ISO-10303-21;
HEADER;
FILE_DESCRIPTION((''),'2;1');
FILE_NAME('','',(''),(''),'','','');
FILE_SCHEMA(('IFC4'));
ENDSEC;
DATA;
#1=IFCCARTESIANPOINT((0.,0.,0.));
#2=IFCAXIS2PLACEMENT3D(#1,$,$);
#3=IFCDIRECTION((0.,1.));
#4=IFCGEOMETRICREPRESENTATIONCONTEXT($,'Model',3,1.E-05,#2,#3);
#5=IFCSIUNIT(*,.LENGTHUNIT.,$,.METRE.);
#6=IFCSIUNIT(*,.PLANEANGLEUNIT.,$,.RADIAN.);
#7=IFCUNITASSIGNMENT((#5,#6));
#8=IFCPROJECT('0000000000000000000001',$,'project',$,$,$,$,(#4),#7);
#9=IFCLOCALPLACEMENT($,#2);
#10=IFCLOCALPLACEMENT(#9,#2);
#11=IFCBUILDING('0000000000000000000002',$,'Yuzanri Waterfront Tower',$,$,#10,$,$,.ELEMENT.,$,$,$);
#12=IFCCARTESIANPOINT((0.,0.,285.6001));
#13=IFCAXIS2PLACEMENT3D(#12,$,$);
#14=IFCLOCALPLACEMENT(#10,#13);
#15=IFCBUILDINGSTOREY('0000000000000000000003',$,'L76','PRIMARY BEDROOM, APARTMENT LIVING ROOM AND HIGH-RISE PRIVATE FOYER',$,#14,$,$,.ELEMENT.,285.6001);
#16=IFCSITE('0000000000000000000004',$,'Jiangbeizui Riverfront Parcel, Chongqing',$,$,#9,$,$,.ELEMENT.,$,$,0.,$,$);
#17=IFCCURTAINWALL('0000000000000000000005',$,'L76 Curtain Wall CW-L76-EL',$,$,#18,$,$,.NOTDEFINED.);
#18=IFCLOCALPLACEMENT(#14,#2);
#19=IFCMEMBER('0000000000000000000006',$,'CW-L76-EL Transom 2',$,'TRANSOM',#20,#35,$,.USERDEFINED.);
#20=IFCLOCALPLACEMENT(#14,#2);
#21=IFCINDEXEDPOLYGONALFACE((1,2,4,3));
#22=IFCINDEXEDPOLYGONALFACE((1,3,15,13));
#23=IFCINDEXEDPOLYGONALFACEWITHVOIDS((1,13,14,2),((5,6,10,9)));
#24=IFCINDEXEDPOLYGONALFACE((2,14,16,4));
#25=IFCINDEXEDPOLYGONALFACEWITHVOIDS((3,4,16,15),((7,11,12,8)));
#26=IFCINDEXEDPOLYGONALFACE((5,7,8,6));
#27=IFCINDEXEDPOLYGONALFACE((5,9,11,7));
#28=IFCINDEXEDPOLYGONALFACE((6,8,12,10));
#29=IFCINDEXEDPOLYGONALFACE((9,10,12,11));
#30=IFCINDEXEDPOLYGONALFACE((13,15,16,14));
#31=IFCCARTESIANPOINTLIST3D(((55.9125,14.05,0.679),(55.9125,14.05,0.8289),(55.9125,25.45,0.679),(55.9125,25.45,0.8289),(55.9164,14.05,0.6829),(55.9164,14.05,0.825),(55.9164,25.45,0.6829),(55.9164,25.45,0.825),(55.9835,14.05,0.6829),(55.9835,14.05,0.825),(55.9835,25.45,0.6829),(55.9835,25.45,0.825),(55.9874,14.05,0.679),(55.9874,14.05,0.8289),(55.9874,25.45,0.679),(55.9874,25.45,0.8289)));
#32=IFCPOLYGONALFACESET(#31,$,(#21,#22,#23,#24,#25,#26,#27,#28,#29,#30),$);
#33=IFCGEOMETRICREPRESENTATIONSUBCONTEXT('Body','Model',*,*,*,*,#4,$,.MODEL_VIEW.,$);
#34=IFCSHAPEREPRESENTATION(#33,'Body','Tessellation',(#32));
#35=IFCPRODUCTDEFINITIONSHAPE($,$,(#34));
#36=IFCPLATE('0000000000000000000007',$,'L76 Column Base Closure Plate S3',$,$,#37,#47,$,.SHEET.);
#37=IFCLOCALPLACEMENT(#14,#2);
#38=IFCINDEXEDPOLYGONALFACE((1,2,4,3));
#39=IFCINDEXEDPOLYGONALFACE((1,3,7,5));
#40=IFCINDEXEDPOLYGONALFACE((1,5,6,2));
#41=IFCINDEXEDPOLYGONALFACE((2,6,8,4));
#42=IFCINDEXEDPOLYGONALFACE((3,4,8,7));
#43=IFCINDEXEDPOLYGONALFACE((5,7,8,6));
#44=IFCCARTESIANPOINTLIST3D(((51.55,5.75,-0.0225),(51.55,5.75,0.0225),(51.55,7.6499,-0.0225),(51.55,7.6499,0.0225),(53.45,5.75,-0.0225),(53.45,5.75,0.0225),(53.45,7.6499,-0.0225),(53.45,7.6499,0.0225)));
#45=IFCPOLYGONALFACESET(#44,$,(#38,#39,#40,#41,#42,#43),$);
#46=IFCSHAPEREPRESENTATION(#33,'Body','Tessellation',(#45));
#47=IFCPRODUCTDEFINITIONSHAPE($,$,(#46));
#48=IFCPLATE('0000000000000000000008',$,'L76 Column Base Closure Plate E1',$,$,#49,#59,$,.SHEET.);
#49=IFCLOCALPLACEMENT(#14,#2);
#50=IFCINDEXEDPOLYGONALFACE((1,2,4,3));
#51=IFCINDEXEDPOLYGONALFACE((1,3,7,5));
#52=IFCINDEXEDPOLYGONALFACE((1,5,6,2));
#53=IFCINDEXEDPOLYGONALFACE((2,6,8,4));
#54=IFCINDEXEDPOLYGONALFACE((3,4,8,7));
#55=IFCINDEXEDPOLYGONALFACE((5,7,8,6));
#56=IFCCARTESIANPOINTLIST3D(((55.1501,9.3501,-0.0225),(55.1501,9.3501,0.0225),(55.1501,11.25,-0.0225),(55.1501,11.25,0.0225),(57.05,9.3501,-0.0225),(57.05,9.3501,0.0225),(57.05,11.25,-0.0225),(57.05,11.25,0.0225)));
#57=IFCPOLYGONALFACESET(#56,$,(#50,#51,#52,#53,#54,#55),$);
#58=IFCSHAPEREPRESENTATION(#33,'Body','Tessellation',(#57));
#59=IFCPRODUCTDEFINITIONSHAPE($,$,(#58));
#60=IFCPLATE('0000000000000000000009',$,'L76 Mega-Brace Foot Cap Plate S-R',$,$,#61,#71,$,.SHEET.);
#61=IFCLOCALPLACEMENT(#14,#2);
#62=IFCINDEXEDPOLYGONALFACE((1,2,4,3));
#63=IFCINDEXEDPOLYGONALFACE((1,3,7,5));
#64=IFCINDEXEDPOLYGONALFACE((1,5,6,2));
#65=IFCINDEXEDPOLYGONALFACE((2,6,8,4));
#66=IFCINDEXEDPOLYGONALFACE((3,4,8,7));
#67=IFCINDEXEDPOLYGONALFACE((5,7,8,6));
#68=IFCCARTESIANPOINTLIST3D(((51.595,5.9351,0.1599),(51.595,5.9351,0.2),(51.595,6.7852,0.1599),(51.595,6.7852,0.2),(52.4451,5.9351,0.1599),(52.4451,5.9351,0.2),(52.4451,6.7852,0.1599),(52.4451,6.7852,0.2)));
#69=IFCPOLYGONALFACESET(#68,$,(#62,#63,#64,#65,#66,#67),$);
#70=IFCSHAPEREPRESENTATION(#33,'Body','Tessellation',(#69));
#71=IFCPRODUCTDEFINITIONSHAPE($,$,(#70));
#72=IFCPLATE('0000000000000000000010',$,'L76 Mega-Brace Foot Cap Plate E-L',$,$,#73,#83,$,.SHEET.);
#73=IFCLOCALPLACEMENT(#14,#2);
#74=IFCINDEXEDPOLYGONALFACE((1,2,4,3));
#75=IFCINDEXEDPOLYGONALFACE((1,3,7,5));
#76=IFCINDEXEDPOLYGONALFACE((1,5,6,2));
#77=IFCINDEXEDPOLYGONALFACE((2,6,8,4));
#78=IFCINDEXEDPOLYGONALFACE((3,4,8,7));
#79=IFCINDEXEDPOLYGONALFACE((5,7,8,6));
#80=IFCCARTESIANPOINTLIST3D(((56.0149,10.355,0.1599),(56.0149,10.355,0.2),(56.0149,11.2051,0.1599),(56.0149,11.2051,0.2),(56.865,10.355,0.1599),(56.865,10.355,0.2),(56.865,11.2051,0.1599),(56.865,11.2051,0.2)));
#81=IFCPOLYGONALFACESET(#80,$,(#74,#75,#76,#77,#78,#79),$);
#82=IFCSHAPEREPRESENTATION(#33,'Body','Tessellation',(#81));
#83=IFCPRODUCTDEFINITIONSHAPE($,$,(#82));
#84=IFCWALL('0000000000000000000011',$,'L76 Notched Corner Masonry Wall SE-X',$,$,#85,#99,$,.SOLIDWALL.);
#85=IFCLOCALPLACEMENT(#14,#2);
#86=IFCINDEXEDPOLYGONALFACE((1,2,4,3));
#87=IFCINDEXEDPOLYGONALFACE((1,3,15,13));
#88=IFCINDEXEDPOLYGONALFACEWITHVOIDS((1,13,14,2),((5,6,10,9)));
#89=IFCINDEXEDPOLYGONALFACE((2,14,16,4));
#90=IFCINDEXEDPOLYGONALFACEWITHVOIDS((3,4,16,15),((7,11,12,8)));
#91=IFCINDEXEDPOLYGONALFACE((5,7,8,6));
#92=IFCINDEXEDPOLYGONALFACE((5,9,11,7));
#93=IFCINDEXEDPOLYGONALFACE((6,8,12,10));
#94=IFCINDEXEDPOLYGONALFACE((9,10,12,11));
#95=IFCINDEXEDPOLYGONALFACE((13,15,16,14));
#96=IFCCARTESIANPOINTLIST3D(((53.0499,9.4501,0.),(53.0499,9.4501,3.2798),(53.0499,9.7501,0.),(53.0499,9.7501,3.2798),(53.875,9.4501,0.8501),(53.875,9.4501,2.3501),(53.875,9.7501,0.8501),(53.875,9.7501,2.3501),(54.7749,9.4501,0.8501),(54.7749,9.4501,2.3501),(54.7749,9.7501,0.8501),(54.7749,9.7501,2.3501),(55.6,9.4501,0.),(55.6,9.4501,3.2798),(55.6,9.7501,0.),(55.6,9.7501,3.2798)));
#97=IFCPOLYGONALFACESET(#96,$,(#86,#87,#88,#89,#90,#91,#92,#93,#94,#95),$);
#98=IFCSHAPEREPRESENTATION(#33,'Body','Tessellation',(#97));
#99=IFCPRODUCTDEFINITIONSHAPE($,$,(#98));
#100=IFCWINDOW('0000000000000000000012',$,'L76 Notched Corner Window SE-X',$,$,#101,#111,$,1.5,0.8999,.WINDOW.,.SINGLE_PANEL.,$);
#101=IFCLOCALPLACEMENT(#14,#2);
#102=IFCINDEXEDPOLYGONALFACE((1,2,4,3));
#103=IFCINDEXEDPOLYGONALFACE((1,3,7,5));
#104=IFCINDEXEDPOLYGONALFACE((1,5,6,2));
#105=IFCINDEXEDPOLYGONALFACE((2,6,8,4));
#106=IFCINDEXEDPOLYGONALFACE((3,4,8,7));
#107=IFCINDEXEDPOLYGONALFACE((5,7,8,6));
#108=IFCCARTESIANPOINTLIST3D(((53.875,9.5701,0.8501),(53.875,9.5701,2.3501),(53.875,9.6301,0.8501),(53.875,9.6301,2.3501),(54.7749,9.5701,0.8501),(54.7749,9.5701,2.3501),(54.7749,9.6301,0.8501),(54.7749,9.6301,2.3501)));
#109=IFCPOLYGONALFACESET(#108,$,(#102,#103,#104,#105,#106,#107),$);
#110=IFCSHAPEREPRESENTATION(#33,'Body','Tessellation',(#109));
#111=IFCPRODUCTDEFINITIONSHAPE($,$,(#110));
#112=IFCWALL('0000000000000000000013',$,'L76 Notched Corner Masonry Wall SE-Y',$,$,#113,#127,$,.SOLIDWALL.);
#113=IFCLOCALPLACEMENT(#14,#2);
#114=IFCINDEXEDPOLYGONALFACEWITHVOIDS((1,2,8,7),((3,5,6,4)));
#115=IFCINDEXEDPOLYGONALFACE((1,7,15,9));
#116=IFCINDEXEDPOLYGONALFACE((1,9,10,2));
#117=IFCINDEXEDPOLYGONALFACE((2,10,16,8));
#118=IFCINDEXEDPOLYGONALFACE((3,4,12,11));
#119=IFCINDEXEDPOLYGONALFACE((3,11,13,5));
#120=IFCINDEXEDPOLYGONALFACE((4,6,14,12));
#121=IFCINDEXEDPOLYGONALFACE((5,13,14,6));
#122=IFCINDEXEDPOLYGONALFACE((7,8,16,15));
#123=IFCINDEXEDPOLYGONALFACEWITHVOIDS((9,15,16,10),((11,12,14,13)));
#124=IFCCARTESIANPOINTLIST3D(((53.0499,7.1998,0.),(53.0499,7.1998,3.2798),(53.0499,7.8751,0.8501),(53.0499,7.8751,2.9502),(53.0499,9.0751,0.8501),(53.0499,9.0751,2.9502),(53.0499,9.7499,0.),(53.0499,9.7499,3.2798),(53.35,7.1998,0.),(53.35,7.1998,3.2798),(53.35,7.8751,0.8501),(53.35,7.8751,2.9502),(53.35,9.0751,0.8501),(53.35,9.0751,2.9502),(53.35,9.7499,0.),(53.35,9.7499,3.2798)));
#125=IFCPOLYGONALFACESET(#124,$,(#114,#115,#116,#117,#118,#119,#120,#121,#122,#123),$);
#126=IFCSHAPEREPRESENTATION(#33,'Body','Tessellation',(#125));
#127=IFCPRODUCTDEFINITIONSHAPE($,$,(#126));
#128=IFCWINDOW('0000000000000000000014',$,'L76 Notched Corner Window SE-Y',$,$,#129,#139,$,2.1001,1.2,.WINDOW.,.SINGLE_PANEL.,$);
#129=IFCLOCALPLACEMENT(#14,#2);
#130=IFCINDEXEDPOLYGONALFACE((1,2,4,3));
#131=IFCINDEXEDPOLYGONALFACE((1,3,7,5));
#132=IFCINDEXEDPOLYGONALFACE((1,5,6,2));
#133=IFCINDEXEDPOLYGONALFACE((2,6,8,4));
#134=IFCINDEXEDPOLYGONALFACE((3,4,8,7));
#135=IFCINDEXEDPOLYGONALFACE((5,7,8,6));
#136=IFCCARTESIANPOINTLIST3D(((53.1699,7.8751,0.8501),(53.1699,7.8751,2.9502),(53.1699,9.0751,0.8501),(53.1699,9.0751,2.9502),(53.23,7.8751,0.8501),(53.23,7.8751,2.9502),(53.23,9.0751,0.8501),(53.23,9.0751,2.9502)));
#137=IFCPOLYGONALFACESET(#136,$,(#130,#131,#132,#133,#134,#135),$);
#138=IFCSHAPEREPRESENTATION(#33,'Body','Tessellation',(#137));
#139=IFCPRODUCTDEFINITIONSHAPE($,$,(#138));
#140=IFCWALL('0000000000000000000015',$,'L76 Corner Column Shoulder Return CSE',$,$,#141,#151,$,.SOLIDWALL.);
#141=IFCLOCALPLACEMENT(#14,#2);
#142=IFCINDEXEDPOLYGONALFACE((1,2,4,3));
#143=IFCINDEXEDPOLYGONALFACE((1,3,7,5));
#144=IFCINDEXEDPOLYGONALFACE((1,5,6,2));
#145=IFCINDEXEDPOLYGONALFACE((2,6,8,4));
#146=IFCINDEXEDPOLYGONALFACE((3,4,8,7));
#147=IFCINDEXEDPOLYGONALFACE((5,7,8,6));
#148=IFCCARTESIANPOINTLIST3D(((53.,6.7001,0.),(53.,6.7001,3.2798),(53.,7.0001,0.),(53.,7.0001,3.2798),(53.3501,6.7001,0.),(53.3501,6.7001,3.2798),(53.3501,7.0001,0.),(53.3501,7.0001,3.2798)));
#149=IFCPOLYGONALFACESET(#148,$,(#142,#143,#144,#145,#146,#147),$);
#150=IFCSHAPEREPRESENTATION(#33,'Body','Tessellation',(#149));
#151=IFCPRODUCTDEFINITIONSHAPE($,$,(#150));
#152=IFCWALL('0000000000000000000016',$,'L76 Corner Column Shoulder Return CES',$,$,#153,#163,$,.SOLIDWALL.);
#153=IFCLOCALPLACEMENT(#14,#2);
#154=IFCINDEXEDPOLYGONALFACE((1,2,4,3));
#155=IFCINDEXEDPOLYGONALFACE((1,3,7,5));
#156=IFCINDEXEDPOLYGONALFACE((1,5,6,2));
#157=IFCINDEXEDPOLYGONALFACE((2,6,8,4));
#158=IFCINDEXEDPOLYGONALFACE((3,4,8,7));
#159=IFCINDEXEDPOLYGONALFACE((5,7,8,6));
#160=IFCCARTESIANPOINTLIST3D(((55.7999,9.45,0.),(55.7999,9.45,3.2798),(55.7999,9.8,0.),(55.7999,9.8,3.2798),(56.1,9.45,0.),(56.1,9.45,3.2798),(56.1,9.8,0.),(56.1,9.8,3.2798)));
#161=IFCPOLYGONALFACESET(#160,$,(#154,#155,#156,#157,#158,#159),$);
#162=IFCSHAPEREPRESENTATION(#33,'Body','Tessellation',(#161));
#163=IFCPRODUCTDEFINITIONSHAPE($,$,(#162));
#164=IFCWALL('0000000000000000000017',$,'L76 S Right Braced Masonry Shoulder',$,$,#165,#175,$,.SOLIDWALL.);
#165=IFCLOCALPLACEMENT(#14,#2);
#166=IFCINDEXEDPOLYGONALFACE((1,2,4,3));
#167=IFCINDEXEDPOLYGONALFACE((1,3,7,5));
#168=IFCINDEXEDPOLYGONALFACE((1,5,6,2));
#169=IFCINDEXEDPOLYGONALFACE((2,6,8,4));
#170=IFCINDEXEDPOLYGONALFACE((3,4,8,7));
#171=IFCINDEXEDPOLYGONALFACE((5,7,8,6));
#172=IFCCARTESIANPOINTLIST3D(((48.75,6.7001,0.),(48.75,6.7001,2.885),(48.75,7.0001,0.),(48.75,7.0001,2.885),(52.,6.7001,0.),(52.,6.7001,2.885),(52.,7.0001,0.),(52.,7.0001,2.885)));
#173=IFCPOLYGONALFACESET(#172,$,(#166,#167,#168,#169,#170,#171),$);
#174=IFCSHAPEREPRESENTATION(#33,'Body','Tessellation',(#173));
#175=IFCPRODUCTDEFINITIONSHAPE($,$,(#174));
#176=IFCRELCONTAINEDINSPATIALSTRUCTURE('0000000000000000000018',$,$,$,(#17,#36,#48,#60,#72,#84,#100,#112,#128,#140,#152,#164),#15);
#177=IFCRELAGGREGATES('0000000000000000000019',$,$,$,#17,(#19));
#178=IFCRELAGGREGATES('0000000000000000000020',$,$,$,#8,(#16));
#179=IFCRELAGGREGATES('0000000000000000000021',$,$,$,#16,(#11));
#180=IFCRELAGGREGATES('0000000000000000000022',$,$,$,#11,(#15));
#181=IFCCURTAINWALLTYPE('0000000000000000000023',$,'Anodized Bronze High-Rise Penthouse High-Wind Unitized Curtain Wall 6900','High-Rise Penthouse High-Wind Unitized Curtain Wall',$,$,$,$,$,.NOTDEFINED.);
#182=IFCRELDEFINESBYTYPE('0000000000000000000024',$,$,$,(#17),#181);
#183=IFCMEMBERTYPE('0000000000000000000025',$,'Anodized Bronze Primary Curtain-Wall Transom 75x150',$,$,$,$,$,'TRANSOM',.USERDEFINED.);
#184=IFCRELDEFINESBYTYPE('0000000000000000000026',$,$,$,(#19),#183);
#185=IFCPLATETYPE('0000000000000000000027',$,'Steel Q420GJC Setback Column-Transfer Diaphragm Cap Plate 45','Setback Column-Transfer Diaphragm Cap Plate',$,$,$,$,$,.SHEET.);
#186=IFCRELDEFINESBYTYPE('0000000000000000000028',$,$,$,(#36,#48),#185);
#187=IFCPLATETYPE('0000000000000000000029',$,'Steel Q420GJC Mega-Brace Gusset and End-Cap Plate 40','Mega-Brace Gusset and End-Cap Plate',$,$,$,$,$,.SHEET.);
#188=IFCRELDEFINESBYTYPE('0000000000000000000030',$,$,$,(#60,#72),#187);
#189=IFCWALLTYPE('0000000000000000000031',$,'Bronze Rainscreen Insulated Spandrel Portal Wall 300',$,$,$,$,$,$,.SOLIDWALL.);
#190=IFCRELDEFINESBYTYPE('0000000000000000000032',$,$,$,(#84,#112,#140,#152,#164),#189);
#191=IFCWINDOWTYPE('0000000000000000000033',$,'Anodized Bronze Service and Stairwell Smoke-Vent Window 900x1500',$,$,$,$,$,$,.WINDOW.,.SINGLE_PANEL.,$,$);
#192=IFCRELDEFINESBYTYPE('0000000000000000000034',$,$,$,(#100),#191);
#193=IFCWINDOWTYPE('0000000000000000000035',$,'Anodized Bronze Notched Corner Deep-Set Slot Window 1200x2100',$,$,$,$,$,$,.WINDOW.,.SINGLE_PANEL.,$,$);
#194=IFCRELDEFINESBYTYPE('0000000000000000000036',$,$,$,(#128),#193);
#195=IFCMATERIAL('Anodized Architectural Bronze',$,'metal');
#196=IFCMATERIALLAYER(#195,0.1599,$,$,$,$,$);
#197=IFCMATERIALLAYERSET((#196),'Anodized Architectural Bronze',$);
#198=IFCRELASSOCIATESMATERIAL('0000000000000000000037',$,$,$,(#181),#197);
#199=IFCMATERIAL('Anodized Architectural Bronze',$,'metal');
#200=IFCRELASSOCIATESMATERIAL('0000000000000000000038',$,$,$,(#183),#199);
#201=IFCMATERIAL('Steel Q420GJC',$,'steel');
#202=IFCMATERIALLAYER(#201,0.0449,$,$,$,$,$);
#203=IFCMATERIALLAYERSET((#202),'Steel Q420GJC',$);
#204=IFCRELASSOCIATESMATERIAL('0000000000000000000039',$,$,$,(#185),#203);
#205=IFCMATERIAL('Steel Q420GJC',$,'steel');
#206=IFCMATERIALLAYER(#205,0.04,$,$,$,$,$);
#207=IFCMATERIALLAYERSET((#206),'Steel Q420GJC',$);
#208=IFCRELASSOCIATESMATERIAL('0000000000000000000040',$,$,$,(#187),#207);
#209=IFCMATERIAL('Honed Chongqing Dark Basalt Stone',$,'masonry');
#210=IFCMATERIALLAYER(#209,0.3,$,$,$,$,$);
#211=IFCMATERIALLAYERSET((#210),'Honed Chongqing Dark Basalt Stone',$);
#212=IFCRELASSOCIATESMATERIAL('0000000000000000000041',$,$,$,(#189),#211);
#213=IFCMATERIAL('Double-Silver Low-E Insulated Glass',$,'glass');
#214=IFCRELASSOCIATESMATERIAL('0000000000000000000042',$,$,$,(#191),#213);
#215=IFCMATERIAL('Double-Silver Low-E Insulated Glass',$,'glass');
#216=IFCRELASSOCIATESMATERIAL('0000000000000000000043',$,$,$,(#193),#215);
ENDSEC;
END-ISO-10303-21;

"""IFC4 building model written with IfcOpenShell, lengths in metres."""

from ifc_helpers import new_model, si_unit, direction, frame, frame_2d, origin, origin_2d, place, context, subcontext, project, spatial, rectangle, hollow_rectangle, extrude, source, transform, mapped, material, layer, layer_set, material_profile, profile_set, type_object, element, fill, aggregate, save


model = new_model("IFC4")

# Units and contexts
model_context = context("Model", 3, precision=1e-05, world=origin(), true_north=direction((0.0, 1.0)))
body_context = subcontext(model_context, "Body", "Model", "MODEL_VIEW")
ifc_project = project(units=[si_unit("LENGTHUNIT", "METRE"), si_unit("PLANEANGLEUNIT", "RADIAN")], contexts=[model_context])

# Site, building, storey
site_placement = place(None, origin())
site = spatial("IfcSite", under=ifc_project, at=site_placement, Name="Jiangbeizui Riverfront Parcel, Chongqing", CompositionType="ELEMENT", RefElevation=0.0)
building_placement = place(site_placement, origin())
building = spatial("IfcBuilding", under=site, at=building_placement, Name="Yuzanri Waterfront Tower", CompositionType="ELEMENT")
storey_placement = place(building_placement, frame((0.0, 0.0, 285.6001)))
storey = spatial("IfcBuildingStorey", under=building, at=storey_placement, Name="L76", Description="PRIMARY BEDROOM, APARTMENT LIVING ROOM AND HIGH-RISE PRIVATE FOYER", CompositionType="ELEMENT", Elevation=285.6001)

# Curtain wall, member
ifc_material_1 = material(Name="Anodized Architectural Bronze", Category="metal")
ifc_layer_1 = layer(ifc_material_1, 0.1599)
ifc_layer_set_1 = layer_set([ifc_layer_1], Name="Anodized Architectural Bronze")
curtain_wall_type = type_object("IfcCurtainWallType", Name="Anodized Bronze High-Rise Penthouse High-Wind Unitized Curtain Wall 6900", Description="High-Rise Penthouse High-Wind Unitized Curtain Wall", PredefinedType="NOTDEFINED", material=ifc_layer_set_1)
curtain_wall_1_placement = place(storey_placement, origin())
curtain_wall_1 = element("IfcCurtainWall", 1, at=curtain_wall_1_placement, inside=storey, type_object=curtain_wall_type, Name="L76 Curtain Wall CW-L76-EL", PredefinedType="NOTDEFINED")
ifc_material_2 = material(Name="Anodized Architectural Bronze", Category="metal")
ifc_material_profile_1 = material_profile(ifc_material_2, hollow_rectangle(XDim=0.075, YDim=0.1499, WallThickness=0.0039, at=origin_2d()), Name="CWT 75x150")
ifc_profile_set_1 = profile_set([ifc_material_profile_1], Name="Anodized Architectural Bronze")
member_type_1 = type_object("IfcMemberType", Name="Anodized Bronze Primary Curtain-Wall Transom 75x150", ElementType="TRANSOM", PredefinedType="USERDEFINED", material=ifc_profile_set_1)
shared_shape_1 = source(origin(), body_context, "Body", "SweptSolid", [
    extrude(hollow_rectangle(XDim=0.075, YDim=0.1499, WallThickness=0.0039, at=origin_2d()), origin(), (0.0, 0.0, 1.0), 11.3999),
])
member_1_placement = place(storey_placement, frame((55.95, 14.05, 0.7539), z_axis=(0.0, 1.0, 0.0), x_axis=(-1.0, 0.0, 0.0)))
member_1 = element("IfcMember", 2, at=member_1_placement, type_object=member_type_1, Name="CW-L76-EL Transom 2", ObjectType="TRANSOM", PredefinedType="USERDEFINED", context=body_context, shape_type="MappedRepresentation", body=[
    mapped(shared_shape_1, transform((0.0, 0.0, 0.0), scale=1.0)),
])
aggregate(curtain_wall_1, [member_1])

# Plates
ifc_material_3 = material(Name="Steel Q420GJC", Category="steel")
ifc_layer_2 = layer(ifc_material_3, 0.0449)
ifc_layer_set_2 = layer_set([ifc_layer_2], Name="Steel Q420GJC")
plate_type_1 = type_object("IfcPlateType", Name="Steel Q420GJC Setback Column-Transfer Diaphragm Cap Plate 45", Description="Setback Column-Transfer Diaphragm Cap Plate", PredefinedType="SHEET", material=ifc_layer_set_2)
shared_shape_2 = source(origin(), body_context, "Body", "SweptSolid", [
    extrude(rectangle(XDim=1.8999, YDim=1.8999, at=origin_2d()), origin(), (0.0, 0.0, 1.0), 0.0449),
])
for number, where, z_axis, x_axis, name in (
    (3, (52.5, 6.7, -0.0225), (0.0, 0.0, 1.0), (1.0, 0.0, 0.0), "L76 Column Base Closure Plate S3"),
    (4, (56.1001, 10.3, -0.0225), (0.0, 0.0, 1.0), (1.0, 0.0, 0.0), "L76 Column Base Closure Plate E1"),
):
    element("IfcPlate", number, at=place(storey_placement, frame(where, z_axis=z_axis, x_axis=x_axis)), inside=storey, type_object=plate_type_1, Name=name, PredefinedType="SHEET", context=body_context, shape_type="MappedRepresentation", body=[
        mapped(shared_shape_2, transform((0.0, 0.0, 0.0), scale=1.0)),
    ])
ifc_material_4 = material(Name="Steel Q420GJC", Category="steel")
ifc_layer_3 = layer(ifc_material_4, 0.04)
ifc_layer_set_3 = layer_set([ifc_layer_3], Name="Steel Q420GJC")
plate_type_2 = type_object("IfcPlateType", Name="Steel Q420GJC Mega-Brace Gusset and End-Cap Plate 40", Description="Mega-Brace Gusset and End-Cap Plate", PredefinedType="SHEET", material=ifc_layer_set_3)
shared_shape_3 = source(origin(), body_context, "Body", "SweptSolid", [
    extrude(rectangle(XDim=0.8501, YDim=0.8501, at=origin_2d()), origin(), (0.0, 0.0, 1.0), 0.04),
])
for number, where, z_axis, x_axis, name in (
    (5, (52.02, 6.3601, 0.1599), (0.0, 0.0, 1.0), (1.0, 0.0, 0.0), "L76 Mega-Brace Foot Cap Plate S-R"),
    (6, (56.4399, 10.78, 0.1599), (0.0, 0.0, 1.0), (1.0, 0.0, 0.0), "L76 Mega-Brace Foot Cap Plate E-L"),
):
    element("IfcPlate", number, at=place(storey_placement, frame(where, z_axis=z_axis, x_axis=x_axis)), inside=storey, type_object=plate_type_2, Name=name, PredefinedType="SHEET", context=body_context, shape_type="MappedRepresentation", body=[
        mapped(shared_shape_3, transform((0.0, 0.0, 0.0), scale=1.0)),
    ])

# Walls, openings, windows
ifc_material_5 = material(Name="Honed Chongqing Dark Basalt Stone", Category="masonry")
ifc_layer_4 = layer(ifc_material_5, 0.3)
ifc_layer_set_4 = layer_set([ifc_layer_4], Name="Honed Chongqing Dark Basalt Stone")
wall_type_1 = type_object("IfcWallType", Name="Bronze Rainscreen Insulated Spandrel Portal Wall 300", PredefinedType="SOLIDWALL", material=ifc_layer_set_4)
wall_1_placement = place(storey_placement, frame((53.05, 9.6001, 0.0), z_axis=(0.0, 0.0, 1.0), x_axis=(1.0, 0.0, 0.0)))
wall_1 = element("IfcWall", 7, at=wall_1_placement, inside=storey, type_object=wall_type_1, Name="L76 Notched Corner Masonry Wall SE-X", PredefinedType="SOLIDWALL", context=body_context, shape_type="SweptSolid", body=[
    extrude(rectangle(XDim=2.55, YDim=0.3, at=frame_2d((1.2749, 0.0))), origin(), (0.0, 0.0, 1.0), 3.2798),
])
opening_1_placement = place(wall_1_placement, frame((0.825, 0.0, 0.8501)))
opening_1 = element("IfcOpeningElement", 8, at=opening_1_placement, cuts=wall_1, PredefinedType="OPENING", context=body_context, shape_type="SweptSolid", body=[
    extrude(rectangle(XDim=0.8999, YDim=1.5, at=frame_2d((0.45, 0.75))), frame((0.0, 0.165, 0.0), z_axis=(0.0, -1.0, 0.0), x_axis=(1.0, 0.0, 0.0)), (0.0, 0.0, 1.0), 0.3298),
])
ifc_material_6 = material(Name="Double-Silver Low-E Insulated Glass", Category="glass")
window_type_1 = type_object("IfcWindowType", Name="Anodized Bronze Service and Stairwell Smoke-Vent Window 900x1500", PartitioningType="SINGLE_PANEL", PredefinedType="WINDOW", material=ifc_material_6)
shared_shape_4 = source(origin(), body_context, "Body", "SweptSolid", [
    extrude(rectangle(XDim=0.8999, YDim=1.5, at=frame_2d((0.45, 0.75))), frame((0.0, 0.03, 0.0), z_axis=(0.0, -1.0, 0.0), x_axis=(1.0, 0.0, 0.0)), (0.0, 0.0, 1.0), 0.0601),
])
window_1_placement = place(opening_1_placement, origin())
window_1 = element("IfcWindow", 9, at=window_1_placement, inside=storey, type_object=window_type_1, Name="L76 Notched Corner Window SE-X", OverallHeight=1.5, OverallWidth=0.8999, PartitioningType="SINGLE_PANEL", PredefinedType="WINDOW", context=body_context, shape_type="MappedRepresentation", body=[
    mapped(shared_shape_4, transform((0.0, 0.0, 0.0), scale=1.0)),
])
fill(opening_1, window_1)
wall_2_placement = place(storey_placement, frame((53.2, 7.2, 0.0), z_axis=(0.0, 0.0, 1.0), x_axis=(0.0, 1.0, 0.0)))
wall_2 = element("IfcWall", 10, at=wall_2_placement, inside=storey, type_object=wall_type_1, Name="L76 Notched Corner Masonry Wall SE-Y", PredefinedType="SOLIDWALL", context=body_context, shape_type="SweptSolid", body=[
    extrude(rectangle(XDim=2.55, YDim=0.3, at=frame_2d((1.2749, 0.0))), origin(), (0.0, 0.0, 1.0), 3.2798),
])
opening_2_placement = place(wall_2_placement, frame((0.675, 0.0, 0.8501)))
opening_2 = element("IfcOpeningElement", 11, at=opening_2_placement, cuts=wall_2, PredefinedType="OPENING", context=body_context, shape_type="SweptSolid", body=[
    extrude(rectangle(XDim=1.2, YDim=2.1001, at=frame_2d((0.6001, 1.05))), frame((0.0, 0.165, 0.0), z_axis=(0.0, -1.0, 0.0), x_axis=(1.0, 0.0, 0.0)), (0.0, 0.0, 1.0), 0.3298),
])
ifc_material_7 = material(Name="Double-Silver Low-E Insulated Glass", Category="glass")
window_type_2 = type_object("IfcWindowType", Name="Anodized Bronze Notched Corner Deep-Set Slot Window 1200x2100", PartitioningType="SINGLE_PANEL", PredefinedType="WINDOW", material=ifc_material_7)
shared_shape_5 = source(origin(), body_context, "Body", "SweptSolid", [
    extrude(rectangle(XDim=1.2, YDim=2.1001, at=frame_2d((0.6001, 1.05))), frame((0.0, 0.03, 0.0), z_axis=(0.0, -1.0, 0.0), x_axis=(1.0, 0.0, 0.0)), (0.0, 0.0, 1.0), 0.0601),
])
window_2_placement = place(opening_2_placement, origin())
window_2 = element("IfcWindow", 12, at=window_2_placement, inside=storey, type_object=window_type_2, Name="L76 Notched Corner Window SE-Y", OverallHeight=2.1001, OverallWidth=1.2, PartitioningType="SINGLE_PANEL", PredefinedType="WINDOW", context=body_context, shape_type="MappedRepresentation", body=[
    mapped(shared_shape_5, transform((0.0, 0.0, 0.0), scale=1.0)),
])
fill(opening_2, window_2)

# Walls
shared_shape_6 = source(origin(), body_context, "Body", "SweptSolid", [
    extrude(rectangle(XDim=0.3501, YDim=0.3, at=frame_2d((0.175, 0.0))), origin(), (0.0, 0.0, 1.0), 3.2798),
])
for number, where, z_axis, x_axis, name in (
    (13, (53.0, 6.8501, 0.0), (0.0, 0.0, 1.0), (1.0, 0.0, 0.0), "L76 Corner Column Shoulder Return CSE"),
    (14, (55.95, 9.45, 0.0), (0.0, 0.0, 1.0), (0.0, 1.0, 0.0), "L76 Corner Column Shoulder Return CES"),
):
    element("IfcWall", number, at=place(storey_placement, frame(where, z_axis=z_axis, x_axis=x_axis)), inside=storey, type_object=wall_type_1, Name=name, PredefinedType="SOLIDWALL", context=body_context, shape_type="MappedRepresentation", body=[
        mapped(shared_shape_6, transform((0.0, 0.0, 0.0), scale=1.0)),
    ])
shared_shape_7 = source(origin(), body_context, "Body", "SweptSolid", [
    extrude(rectangle(XDim=3.25, YDim=0.3, at=frame_2d((1.625, 0.0))), origin(), (0.0, 0.0, 1.0), 2.885),
])
for number, where, z_axis, x_axis, name in (
    (15, (48.75, 6.8501, 0.0), (0.0, 0.0, 1.0), (1.0, 0.0, 0.0), "L76 S Right Braced Masonry Shoulder"),
):
    element("IfcWall", number, at=place(storey_placement, frame(where, z_axis=z_axis, x_axis=x_axis)), inside=storey, type_object=wall_type_1, Name=name, PredefinedType="SOLIDWALL", context=body_context, shape_type="MappedRepresentation", body=[
        mapped(shared_shape_7, transform((0.0, 0.0, 0.0), scale=1.0)),
    ])

save(model, "model.ifc")
